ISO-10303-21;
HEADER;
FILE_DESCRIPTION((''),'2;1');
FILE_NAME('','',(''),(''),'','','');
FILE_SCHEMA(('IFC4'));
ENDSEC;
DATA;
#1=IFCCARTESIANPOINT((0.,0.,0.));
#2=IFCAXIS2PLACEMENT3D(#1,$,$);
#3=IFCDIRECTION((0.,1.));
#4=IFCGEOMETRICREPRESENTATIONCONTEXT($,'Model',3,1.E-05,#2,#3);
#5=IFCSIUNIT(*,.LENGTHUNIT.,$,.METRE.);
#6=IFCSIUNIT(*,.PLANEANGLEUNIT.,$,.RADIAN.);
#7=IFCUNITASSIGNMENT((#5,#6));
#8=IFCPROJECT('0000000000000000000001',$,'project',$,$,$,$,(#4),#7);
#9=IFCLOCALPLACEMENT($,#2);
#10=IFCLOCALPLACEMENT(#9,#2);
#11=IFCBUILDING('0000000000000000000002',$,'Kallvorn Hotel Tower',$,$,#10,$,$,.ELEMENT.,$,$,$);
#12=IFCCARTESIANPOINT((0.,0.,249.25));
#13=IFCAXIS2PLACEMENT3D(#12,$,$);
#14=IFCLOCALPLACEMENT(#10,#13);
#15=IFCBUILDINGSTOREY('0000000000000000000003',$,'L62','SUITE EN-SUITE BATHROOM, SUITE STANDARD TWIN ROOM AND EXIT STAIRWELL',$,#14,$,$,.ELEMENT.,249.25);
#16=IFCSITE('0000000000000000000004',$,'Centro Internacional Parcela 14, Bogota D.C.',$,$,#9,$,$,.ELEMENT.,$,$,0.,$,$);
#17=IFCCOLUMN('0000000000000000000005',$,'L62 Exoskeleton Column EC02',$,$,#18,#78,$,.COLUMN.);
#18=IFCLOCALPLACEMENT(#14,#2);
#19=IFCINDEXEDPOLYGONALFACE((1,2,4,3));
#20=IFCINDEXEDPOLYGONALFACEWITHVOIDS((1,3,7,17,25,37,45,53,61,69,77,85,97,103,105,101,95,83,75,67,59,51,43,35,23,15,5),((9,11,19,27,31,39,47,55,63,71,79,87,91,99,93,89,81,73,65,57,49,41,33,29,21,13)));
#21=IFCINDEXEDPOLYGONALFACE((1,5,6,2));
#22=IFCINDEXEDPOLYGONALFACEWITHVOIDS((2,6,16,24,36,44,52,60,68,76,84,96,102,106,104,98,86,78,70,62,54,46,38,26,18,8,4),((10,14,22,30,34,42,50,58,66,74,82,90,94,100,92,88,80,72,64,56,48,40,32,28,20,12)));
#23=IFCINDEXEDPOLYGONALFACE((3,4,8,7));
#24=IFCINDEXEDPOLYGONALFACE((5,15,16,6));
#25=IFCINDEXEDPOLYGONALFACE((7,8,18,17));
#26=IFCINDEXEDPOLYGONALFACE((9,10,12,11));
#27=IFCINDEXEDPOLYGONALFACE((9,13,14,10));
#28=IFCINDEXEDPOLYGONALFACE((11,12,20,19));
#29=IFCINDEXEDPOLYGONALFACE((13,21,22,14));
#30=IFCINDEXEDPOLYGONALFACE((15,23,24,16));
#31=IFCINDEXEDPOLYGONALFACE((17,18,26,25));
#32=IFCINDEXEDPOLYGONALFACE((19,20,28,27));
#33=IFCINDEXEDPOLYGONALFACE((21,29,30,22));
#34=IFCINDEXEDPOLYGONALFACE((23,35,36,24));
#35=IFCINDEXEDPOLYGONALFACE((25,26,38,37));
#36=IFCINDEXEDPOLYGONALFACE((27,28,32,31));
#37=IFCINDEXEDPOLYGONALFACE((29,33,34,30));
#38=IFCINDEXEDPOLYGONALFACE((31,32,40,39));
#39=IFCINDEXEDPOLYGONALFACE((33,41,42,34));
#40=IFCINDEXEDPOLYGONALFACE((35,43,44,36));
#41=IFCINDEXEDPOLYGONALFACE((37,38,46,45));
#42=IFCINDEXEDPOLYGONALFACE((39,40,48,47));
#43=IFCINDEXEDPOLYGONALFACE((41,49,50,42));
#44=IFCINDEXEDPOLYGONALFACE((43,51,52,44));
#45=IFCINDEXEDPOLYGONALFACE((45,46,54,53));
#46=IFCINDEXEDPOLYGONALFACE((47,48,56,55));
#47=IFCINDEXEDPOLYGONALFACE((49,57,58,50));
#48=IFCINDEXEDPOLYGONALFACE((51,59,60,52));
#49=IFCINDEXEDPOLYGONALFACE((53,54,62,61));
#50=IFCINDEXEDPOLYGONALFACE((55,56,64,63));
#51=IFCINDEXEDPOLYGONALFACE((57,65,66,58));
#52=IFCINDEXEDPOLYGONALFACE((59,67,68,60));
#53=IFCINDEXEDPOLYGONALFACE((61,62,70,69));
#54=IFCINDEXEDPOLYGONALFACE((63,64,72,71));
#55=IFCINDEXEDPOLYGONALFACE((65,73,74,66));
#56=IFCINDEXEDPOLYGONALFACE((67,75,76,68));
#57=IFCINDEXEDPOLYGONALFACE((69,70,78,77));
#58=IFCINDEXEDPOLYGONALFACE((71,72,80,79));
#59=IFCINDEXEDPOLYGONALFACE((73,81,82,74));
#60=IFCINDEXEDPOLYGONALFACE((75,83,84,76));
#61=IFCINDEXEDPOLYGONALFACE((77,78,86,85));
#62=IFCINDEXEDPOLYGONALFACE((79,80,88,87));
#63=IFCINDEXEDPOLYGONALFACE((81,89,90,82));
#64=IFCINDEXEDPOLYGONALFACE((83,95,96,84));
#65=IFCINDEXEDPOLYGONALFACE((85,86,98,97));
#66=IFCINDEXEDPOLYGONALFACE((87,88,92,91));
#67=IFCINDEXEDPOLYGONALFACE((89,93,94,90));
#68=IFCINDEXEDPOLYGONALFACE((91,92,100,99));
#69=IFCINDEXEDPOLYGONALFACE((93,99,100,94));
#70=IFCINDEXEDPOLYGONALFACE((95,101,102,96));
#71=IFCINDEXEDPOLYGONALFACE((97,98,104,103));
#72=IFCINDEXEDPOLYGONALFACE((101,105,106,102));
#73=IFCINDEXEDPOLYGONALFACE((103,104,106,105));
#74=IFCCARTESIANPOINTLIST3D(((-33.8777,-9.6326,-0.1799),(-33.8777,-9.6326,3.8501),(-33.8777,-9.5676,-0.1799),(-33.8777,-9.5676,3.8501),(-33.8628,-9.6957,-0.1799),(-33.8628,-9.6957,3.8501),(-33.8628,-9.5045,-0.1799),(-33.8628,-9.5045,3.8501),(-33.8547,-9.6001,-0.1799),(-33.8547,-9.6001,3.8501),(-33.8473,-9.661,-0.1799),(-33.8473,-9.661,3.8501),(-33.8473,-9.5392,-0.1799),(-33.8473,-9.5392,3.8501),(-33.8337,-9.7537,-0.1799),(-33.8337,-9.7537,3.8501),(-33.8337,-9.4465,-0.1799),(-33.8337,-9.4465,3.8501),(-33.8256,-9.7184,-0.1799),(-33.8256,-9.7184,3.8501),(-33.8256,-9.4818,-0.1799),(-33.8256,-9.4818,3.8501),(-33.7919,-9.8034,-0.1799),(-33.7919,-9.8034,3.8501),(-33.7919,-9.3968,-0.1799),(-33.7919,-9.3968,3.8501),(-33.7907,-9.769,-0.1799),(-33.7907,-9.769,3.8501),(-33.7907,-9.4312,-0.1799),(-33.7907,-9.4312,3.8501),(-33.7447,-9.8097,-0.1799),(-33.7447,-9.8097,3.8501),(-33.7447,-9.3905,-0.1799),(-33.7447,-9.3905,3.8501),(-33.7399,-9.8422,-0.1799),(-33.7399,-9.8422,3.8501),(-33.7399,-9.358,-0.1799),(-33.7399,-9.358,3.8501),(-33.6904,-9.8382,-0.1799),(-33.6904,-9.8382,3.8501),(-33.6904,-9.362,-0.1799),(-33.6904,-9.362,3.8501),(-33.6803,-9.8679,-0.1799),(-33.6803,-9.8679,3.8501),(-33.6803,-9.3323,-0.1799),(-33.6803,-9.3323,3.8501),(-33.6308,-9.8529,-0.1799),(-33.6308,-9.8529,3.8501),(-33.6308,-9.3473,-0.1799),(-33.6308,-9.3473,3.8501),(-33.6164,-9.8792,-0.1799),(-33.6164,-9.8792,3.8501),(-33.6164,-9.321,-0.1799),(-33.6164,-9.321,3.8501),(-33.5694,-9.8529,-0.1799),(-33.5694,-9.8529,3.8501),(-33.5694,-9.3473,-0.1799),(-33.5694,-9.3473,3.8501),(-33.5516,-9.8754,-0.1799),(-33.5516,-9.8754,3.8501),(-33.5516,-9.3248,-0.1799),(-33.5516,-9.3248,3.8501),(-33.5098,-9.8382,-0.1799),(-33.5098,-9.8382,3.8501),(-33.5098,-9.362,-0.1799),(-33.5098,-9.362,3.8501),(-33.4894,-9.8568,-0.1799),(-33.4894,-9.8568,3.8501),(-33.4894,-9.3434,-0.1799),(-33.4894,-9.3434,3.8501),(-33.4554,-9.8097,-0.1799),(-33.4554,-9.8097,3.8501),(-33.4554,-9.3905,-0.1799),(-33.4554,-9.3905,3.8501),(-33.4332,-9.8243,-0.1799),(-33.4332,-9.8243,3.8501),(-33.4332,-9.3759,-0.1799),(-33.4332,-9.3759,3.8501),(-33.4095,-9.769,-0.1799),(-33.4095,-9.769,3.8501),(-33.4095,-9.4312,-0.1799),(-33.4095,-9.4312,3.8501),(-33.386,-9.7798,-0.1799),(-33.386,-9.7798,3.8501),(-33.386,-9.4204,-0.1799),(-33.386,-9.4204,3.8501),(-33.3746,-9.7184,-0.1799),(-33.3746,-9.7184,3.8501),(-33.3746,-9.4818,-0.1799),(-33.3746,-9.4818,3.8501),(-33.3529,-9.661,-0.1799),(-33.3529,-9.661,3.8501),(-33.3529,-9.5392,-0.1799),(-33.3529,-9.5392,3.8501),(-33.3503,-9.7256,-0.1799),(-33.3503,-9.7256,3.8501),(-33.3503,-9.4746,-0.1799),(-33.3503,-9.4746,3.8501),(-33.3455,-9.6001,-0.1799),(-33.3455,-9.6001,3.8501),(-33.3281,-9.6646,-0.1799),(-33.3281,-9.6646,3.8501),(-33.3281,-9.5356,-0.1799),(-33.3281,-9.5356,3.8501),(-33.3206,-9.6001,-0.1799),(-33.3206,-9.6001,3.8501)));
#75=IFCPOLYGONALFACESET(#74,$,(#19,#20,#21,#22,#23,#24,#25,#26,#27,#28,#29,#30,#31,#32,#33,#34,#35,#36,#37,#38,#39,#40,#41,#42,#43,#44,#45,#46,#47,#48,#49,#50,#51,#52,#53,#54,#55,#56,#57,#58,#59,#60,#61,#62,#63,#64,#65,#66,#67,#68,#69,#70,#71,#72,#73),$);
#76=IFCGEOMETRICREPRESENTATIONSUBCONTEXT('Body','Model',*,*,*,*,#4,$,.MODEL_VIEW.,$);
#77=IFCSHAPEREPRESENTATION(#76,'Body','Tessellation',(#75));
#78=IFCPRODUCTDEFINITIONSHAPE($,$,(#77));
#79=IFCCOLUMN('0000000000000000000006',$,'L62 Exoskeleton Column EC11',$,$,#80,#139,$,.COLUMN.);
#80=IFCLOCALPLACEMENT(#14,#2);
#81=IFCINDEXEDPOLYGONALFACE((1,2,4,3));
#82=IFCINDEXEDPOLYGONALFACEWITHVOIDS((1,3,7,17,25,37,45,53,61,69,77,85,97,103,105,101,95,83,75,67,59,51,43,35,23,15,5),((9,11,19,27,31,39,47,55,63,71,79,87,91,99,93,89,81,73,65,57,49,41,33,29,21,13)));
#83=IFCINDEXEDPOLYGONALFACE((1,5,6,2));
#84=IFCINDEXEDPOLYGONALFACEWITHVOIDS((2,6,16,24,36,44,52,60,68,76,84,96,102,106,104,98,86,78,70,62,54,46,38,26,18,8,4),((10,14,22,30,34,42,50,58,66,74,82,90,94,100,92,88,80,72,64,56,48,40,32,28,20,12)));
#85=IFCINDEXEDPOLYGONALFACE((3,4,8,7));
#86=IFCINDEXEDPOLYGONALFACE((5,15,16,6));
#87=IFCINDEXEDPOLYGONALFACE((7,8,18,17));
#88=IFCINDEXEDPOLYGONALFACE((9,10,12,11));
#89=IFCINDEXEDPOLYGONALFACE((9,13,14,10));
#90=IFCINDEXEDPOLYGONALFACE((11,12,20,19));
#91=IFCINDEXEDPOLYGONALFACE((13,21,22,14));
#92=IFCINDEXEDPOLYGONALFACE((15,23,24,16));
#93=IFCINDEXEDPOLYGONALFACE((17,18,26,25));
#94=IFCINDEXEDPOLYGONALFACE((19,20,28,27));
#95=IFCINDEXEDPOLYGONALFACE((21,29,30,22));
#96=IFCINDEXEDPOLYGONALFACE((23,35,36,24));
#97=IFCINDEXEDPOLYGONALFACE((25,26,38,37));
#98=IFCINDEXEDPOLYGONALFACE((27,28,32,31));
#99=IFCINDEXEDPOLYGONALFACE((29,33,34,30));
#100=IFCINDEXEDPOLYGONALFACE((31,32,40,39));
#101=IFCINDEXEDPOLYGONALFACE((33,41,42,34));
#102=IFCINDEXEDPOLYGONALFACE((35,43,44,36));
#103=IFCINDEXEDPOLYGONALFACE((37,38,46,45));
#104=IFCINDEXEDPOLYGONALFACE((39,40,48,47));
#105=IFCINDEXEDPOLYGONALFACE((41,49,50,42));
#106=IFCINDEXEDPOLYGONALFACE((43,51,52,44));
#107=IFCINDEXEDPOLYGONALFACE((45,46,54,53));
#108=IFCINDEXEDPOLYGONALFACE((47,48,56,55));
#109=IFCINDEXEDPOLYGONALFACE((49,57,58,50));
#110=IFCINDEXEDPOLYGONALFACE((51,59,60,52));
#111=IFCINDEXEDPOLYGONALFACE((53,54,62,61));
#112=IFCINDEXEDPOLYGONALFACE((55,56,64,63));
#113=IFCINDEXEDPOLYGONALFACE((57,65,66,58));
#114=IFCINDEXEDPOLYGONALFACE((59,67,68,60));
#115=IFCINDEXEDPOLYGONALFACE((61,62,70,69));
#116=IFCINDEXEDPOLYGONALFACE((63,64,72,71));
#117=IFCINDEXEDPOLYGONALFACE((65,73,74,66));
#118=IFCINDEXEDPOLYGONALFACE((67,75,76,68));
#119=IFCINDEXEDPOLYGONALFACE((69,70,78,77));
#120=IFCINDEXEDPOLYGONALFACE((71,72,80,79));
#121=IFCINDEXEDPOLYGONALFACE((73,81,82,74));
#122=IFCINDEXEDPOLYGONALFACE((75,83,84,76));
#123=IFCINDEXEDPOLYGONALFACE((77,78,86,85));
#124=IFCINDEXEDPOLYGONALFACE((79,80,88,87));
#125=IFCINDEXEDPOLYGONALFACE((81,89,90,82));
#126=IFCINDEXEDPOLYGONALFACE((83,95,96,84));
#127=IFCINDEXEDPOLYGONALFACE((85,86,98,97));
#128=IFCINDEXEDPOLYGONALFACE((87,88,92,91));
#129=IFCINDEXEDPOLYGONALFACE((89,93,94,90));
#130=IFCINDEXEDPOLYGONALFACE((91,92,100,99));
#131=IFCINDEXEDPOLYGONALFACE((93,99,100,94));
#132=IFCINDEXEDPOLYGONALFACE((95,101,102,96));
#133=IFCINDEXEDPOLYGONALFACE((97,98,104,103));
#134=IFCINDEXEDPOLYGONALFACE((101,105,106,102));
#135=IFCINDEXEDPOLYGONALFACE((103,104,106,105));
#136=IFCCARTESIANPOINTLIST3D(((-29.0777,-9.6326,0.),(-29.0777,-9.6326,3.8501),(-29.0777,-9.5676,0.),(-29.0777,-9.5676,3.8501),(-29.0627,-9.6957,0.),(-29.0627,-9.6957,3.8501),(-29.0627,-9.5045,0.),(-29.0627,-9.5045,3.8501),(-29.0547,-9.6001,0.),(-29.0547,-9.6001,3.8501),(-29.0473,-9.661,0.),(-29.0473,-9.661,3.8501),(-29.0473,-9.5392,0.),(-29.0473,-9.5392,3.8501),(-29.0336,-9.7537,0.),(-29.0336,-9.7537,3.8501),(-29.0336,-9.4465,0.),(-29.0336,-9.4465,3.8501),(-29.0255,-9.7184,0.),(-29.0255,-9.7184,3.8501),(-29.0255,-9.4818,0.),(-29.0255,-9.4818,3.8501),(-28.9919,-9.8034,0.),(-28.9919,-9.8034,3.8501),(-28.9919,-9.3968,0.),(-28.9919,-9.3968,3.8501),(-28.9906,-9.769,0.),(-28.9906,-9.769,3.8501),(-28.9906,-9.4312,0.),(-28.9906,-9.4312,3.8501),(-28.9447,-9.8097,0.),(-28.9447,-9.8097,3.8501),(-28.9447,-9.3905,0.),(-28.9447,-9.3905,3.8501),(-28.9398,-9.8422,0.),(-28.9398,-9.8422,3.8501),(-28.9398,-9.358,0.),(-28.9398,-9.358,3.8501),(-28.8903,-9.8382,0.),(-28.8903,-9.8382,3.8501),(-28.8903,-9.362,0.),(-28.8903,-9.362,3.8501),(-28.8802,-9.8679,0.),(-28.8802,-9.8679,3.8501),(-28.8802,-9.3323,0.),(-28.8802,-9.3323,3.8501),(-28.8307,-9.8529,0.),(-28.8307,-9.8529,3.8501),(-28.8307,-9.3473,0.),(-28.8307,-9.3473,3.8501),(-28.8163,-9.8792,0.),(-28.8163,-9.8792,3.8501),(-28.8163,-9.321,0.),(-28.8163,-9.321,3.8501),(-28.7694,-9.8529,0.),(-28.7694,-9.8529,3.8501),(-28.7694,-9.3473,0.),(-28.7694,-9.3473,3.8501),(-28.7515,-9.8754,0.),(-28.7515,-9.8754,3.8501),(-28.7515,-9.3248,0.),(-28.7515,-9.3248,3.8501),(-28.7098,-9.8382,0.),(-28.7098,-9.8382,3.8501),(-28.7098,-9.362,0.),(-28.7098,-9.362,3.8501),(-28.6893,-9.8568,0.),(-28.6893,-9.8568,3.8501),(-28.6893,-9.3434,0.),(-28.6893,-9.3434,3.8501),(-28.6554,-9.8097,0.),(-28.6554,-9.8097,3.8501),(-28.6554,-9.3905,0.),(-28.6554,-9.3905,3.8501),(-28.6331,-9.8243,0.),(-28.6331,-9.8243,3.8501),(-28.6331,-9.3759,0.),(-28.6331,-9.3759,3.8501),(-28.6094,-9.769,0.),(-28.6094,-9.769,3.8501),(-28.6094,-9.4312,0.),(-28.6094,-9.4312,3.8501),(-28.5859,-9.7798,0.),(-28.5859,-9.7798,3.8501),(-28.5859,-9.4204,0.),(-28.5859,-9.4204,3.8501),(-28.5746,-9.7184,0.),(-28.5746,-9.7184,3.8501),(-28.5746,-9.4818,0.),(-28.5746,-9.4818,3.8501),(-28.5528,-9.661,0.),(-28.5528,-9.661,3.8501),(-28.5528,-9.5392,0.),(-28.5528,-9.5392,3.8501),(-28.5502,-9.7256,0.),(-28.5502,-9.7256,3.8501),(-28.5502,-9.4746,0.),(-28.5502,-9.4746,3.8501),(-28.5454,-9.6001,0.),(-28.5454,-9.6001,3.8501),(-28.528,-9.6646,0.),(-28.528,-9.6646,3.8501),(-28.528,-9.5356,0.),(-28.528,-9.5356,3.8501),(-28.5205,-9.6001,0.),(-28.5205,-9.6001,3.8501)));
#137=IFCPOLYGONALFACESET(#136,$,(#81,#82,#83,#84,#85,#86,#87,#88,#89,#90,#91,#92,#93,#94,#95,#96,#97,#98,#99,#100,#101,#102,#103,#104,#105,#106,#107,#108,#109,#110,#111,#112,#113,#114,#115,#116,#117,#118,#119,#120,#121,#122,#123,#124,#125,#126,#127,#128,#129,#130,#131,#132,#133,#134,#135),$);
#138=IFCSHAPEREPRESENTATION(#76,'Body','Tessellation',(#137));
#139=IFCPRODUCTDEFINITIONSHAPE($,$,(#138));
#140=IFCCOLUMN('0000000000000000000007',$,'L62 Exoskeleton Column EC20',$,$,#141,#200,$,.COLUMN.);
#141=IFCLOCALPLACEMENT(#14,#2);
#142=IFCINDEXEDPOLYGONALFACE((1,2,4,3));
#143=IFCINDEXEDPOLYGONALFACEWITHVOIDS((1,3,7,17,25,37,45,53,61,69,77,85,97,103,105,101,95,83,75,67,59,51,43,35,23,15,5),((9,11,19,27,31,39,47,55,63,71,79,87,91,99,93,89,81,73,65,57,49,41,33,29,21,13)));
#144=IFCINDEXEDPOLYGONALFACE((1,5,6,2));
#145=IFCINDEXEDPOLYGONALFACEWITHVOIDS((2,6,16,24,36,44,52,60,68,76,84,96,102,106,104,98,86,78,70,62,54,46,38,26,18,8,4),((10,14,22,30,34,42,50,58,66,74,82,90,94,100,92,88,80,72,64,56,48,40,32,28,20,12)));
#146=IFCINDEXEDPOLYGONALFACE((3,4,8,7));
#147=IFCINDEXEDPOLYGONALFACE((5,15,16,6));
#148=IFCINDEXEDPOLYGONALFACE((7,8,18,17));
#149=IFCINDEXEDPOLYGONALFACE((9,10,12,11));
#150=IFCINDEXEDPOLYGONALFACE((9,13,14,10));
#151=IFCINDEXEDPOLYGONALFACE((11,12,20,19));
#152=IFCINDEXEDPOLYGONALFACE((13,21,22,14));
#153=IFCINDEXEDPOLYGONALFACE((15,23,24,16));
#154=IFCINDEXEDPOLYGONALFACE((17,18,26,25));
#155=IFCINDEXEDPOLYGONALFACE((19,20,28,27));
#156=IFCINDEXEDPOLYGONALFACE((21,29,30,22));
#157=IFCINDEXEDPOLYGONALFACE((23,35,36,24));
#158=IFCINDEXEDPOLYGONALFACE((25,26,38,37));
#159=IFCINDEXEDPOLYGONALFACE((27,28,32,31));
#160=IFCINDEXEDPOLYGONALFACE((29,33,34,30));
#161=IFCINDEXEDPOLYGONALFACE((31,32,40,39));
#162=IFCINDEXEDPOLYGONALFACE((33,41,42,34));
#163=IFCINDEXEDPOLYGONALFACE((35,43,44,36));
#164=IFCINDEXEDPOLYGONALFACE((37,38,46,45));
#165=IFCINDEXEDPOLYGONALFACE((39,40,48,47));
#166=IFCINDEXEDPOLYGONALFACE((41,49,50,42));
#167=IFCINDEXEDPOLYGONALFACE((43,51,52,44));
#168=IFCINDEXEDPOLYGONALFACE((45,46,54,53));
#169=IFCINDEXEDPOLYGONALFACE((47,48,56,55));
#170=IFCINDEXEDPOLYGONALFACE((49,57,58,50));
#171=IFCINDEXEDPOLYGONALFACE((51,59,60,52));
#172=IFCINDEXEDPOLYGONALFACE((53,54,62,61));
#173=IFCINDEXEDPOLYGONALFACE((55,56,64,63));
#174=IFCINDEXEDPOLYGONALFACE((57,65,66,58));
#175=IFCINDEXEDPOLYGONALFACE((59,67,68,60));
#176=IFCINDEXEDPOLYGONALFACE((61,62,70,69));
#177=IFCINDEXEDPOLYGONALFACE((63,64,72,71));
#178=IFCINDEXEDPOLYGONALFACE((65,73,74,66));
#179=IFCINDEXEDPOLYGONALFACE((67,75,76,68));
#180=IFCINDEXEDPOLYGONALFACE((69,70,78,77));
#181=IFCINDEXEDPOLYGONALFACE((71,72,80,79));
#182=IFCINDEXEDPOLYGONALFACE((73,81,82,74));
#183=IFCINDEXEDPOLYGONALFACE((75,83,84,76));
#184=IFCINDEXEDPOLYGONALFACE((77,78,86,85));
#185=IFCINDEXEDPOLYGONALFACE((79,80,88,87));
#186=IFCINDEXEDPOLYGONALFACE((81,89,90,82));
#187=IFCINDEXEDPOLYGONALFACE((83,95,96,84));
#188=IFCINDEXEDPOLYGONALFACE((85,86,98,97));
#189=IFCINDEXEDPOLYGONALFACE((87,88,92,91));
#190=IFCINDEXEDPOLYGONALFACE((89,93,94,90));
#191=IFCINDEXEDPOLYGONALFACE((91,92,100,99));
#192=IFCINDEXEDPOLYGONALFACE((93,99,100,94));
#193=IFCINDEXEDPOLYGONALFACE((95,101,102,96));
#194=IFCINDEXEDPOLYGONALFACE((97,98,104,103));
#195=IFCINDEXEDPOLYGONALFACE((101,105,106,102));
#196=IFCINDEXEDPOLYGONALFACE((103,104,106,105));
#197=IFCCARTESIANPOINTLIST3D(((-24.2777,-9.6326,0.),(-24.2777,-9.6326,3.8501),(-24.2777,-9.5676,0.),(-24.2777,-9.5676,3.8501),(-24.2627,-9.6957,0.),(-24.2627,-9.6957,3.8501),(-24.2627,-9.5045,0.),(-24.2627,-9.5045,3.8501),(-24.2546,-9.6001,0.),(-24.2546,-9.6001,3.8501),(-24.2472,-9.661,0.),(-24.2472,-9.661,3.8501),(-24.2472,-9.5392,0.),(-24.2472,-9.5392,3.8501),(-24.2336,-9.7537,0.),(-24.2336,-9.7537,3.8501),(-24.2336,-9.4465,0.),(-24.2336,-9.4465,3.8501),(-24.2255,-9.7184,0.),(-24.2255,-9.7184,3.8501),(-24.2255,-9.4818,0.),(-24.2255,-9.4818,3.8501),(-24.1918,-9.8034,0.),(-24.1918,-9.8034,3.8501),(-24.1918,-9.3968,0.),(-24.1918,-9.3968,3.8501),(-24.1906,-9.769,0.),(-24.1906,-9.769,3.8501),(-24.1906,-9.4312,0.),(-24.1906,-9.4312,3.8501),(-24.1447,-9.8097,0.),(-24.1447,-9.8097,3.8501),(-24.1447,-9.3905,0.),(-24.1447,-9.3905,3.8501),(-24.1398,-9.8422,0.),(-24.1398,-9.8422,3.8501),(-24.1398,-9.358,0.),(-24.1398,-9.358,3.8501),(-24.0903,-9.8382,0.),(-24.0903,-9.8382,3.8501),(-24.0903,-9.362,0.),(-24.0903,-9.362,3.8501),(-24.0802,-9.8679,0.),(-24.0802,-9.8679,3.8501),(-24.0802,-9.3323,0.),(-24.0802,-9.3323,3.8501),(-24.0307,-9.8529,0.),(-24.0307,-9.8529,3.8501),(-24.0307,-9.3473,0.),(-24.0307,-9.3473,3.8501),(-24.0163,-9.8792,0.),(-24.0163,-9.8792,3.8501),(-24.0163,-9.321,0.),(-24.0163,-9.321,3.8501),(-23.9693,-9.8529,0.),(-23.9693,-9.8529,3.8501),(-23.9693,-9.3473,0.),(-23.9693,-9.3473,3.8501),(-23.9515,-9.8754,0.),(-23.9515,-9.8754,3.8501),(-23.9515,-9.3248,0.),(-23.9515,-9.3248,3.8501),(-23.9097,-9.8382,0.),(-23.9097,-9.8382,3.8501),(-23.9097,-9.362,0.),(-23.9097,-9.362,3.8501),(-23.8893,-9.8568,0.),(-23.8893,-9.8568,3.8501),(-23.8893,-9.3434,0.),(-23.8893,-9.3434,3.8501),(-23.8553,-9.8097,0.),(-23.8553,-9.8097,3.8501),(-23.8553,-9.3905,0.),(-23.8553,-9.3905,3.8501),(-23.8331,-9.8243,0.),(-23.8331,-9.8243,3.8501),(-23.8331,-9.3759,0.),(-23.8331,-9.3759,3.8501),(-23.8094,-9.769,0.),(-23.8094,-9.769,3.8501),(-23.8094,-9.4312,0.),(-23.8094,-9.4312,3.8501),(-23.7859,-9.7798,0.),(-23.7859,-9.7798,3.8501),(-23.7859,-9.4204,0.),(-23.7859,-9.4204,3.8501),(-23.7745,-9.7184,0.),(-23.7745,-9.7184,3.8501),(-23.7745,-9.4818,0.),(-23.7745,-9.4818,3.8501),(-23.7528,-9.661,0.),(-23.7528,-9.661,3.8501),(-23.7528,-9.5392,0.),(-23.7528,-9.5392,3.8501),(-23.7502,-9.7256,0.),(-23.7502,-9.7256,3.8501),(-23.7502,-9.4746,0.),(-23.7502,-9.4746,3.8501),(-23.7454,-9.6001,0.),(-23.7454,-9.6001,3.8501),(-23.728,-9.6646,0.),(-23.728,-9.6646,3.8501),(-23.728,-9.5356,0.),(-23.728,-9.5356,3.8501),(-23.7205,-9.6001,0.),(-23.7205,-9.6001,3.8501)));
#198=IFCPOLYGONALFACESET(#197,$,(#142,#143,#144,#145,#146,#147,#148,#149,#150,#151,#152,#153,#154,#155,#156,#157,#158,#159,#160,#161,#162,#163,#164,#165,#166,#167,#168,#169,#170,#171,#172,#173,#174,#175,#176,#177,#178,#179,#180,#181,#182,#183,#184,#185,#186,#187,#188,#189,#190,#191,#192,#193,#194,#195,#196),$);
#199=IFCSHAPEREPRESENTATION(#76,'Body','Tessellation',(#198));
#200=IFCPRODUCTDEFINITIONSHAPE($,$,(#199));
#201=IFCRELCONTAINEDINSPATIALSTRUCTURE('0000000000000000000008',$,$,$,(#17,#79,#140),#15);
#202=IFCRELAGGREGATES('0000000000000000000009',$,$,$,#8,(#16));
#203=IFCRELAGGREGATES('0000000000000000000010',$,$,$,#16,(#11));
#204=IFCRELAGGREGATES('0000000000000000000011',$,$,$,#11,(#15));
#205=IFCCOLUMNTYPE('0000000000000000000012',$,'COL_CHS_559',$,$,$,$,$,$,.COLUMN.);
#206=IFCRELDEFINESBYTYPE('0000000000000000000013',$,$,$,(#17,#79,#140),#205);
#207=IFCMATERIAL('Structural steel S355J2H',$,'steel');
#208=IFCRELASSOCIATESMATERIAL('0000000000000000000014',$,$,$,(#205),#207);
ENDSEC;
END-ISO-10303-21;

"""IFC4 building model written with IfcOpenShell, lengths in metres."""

from ifc_helpers import new_model, si_unit, direction, frame, origin, origin_2d, place, context, subcontext, project, spatial, hollow_circle, extrude, material, material_profile, profile_set, type_object, element, save


model = new_model("IFC4")

# Units and contexts
model_context = context("Model", 3, precision=1e-05, world=origin(), true_north=direction((0.0, 1.0)))
body_context = subcontext(model_context, "Body", "Model", "MODEL_VIEW")
ifc_project = project(units=[si_unit("LENGTHUNIT", "METRE"), si_unit("PLANEANGLEUNIT", "RADIAN")], contexts=[model_context])

# Site, building, storey
site_placement = place(None, origin())
site = spatial("IfcSite", under=ifc_project, at=site_placement, Name="Centro Internacional Parcela 14, Bogota D.C.", CompositionType="ELEMENT", RefElevation=0.0)
building_placement = place(site_placement, origin())
building = spatial("IfcBuilding", under=site, at=building_placement, Name="Kallvorn Hotel Tower", CompositionType="ELEMENT")
storey_placement = place(building_placement, frame((0.0, 0.0, 249.25)))
storey = spatial("IfcBuildingStorey", under=building, at=storey_placement, Name="L62", Description="SUITE EN-SUITE BATHROOM, SUITE STANDARD TWIN ROOM AND EXIT STAIRWELL", CompositionType="ELEMENT", Elevation=249.25)

# Columns
ifc_material_1 = material(Name="Structural steel S355J2H", Category="steel")
ifc_material_profile_1 = material_profile(ifc_material_1, hollow_circle(Radius=0.2795, WallThickness=0.0249, at=origin_2d()), Name="CHS 559x25")
ifc_profile_set_1 = profile_set([ifc_material_profile_1], Name="Structural steel S355J2H")
column_type = type_object("IfcColumnType", Name="COL_CHS_559", PredefinedType="COLUMN", material=ifc_profile_set_1)
column_placement = place(storey_placement, frame((-33.6001, -9.6001, -0.1799), z_axis=(0.0, 0.0, 1.0), x_axis=(1.0, 0.0, 0.0)))
element("IfcColumn", 1, at=column_placement, inside=storey, type_object=column_type, Name="L62 Exoskeleton Column EC02", PredefinedType="COLUMN", context=body_context, shape_type="SweptSolid", body=[
    extrude(hollow_circle(Radius=0.2795, WallThickness=0.0249, at=origin_2d()), origin(), (0.0, 0.0, 1.0), 4.03),
])
for number, where, z_axis, x_axis, name in (
    (2, (-28.8, -9.6001, 0.0), (0.0, 0.0, 1.0), (1.0, 0.0, 0.0), "L62 Exoskeleton Column EC11"),
    (3, (-24.0, -9.6001, 0.0), (0.0, 0.0, 1.0), (1.0, 0.0, 0.0), "L62 Exoskeleton Column EC20"),
):
    element("IfcColumn", number, at=place(storey_placement, frame(where, z_axis=z_axis, x_axis=x_axis)), inside=storey, type_object=column_type, Name=name, PredefinedType="COLUMN", context=body_context, shape_type="SweptSolid", body=[
        extrude(hollow_circle(Radius=0.2795, WallThickness=0.0249, at=origin_2d()), origin(), (0.0, 0.0, 1.0), 3.8501),
    ])

save(model, "model.ifc")
